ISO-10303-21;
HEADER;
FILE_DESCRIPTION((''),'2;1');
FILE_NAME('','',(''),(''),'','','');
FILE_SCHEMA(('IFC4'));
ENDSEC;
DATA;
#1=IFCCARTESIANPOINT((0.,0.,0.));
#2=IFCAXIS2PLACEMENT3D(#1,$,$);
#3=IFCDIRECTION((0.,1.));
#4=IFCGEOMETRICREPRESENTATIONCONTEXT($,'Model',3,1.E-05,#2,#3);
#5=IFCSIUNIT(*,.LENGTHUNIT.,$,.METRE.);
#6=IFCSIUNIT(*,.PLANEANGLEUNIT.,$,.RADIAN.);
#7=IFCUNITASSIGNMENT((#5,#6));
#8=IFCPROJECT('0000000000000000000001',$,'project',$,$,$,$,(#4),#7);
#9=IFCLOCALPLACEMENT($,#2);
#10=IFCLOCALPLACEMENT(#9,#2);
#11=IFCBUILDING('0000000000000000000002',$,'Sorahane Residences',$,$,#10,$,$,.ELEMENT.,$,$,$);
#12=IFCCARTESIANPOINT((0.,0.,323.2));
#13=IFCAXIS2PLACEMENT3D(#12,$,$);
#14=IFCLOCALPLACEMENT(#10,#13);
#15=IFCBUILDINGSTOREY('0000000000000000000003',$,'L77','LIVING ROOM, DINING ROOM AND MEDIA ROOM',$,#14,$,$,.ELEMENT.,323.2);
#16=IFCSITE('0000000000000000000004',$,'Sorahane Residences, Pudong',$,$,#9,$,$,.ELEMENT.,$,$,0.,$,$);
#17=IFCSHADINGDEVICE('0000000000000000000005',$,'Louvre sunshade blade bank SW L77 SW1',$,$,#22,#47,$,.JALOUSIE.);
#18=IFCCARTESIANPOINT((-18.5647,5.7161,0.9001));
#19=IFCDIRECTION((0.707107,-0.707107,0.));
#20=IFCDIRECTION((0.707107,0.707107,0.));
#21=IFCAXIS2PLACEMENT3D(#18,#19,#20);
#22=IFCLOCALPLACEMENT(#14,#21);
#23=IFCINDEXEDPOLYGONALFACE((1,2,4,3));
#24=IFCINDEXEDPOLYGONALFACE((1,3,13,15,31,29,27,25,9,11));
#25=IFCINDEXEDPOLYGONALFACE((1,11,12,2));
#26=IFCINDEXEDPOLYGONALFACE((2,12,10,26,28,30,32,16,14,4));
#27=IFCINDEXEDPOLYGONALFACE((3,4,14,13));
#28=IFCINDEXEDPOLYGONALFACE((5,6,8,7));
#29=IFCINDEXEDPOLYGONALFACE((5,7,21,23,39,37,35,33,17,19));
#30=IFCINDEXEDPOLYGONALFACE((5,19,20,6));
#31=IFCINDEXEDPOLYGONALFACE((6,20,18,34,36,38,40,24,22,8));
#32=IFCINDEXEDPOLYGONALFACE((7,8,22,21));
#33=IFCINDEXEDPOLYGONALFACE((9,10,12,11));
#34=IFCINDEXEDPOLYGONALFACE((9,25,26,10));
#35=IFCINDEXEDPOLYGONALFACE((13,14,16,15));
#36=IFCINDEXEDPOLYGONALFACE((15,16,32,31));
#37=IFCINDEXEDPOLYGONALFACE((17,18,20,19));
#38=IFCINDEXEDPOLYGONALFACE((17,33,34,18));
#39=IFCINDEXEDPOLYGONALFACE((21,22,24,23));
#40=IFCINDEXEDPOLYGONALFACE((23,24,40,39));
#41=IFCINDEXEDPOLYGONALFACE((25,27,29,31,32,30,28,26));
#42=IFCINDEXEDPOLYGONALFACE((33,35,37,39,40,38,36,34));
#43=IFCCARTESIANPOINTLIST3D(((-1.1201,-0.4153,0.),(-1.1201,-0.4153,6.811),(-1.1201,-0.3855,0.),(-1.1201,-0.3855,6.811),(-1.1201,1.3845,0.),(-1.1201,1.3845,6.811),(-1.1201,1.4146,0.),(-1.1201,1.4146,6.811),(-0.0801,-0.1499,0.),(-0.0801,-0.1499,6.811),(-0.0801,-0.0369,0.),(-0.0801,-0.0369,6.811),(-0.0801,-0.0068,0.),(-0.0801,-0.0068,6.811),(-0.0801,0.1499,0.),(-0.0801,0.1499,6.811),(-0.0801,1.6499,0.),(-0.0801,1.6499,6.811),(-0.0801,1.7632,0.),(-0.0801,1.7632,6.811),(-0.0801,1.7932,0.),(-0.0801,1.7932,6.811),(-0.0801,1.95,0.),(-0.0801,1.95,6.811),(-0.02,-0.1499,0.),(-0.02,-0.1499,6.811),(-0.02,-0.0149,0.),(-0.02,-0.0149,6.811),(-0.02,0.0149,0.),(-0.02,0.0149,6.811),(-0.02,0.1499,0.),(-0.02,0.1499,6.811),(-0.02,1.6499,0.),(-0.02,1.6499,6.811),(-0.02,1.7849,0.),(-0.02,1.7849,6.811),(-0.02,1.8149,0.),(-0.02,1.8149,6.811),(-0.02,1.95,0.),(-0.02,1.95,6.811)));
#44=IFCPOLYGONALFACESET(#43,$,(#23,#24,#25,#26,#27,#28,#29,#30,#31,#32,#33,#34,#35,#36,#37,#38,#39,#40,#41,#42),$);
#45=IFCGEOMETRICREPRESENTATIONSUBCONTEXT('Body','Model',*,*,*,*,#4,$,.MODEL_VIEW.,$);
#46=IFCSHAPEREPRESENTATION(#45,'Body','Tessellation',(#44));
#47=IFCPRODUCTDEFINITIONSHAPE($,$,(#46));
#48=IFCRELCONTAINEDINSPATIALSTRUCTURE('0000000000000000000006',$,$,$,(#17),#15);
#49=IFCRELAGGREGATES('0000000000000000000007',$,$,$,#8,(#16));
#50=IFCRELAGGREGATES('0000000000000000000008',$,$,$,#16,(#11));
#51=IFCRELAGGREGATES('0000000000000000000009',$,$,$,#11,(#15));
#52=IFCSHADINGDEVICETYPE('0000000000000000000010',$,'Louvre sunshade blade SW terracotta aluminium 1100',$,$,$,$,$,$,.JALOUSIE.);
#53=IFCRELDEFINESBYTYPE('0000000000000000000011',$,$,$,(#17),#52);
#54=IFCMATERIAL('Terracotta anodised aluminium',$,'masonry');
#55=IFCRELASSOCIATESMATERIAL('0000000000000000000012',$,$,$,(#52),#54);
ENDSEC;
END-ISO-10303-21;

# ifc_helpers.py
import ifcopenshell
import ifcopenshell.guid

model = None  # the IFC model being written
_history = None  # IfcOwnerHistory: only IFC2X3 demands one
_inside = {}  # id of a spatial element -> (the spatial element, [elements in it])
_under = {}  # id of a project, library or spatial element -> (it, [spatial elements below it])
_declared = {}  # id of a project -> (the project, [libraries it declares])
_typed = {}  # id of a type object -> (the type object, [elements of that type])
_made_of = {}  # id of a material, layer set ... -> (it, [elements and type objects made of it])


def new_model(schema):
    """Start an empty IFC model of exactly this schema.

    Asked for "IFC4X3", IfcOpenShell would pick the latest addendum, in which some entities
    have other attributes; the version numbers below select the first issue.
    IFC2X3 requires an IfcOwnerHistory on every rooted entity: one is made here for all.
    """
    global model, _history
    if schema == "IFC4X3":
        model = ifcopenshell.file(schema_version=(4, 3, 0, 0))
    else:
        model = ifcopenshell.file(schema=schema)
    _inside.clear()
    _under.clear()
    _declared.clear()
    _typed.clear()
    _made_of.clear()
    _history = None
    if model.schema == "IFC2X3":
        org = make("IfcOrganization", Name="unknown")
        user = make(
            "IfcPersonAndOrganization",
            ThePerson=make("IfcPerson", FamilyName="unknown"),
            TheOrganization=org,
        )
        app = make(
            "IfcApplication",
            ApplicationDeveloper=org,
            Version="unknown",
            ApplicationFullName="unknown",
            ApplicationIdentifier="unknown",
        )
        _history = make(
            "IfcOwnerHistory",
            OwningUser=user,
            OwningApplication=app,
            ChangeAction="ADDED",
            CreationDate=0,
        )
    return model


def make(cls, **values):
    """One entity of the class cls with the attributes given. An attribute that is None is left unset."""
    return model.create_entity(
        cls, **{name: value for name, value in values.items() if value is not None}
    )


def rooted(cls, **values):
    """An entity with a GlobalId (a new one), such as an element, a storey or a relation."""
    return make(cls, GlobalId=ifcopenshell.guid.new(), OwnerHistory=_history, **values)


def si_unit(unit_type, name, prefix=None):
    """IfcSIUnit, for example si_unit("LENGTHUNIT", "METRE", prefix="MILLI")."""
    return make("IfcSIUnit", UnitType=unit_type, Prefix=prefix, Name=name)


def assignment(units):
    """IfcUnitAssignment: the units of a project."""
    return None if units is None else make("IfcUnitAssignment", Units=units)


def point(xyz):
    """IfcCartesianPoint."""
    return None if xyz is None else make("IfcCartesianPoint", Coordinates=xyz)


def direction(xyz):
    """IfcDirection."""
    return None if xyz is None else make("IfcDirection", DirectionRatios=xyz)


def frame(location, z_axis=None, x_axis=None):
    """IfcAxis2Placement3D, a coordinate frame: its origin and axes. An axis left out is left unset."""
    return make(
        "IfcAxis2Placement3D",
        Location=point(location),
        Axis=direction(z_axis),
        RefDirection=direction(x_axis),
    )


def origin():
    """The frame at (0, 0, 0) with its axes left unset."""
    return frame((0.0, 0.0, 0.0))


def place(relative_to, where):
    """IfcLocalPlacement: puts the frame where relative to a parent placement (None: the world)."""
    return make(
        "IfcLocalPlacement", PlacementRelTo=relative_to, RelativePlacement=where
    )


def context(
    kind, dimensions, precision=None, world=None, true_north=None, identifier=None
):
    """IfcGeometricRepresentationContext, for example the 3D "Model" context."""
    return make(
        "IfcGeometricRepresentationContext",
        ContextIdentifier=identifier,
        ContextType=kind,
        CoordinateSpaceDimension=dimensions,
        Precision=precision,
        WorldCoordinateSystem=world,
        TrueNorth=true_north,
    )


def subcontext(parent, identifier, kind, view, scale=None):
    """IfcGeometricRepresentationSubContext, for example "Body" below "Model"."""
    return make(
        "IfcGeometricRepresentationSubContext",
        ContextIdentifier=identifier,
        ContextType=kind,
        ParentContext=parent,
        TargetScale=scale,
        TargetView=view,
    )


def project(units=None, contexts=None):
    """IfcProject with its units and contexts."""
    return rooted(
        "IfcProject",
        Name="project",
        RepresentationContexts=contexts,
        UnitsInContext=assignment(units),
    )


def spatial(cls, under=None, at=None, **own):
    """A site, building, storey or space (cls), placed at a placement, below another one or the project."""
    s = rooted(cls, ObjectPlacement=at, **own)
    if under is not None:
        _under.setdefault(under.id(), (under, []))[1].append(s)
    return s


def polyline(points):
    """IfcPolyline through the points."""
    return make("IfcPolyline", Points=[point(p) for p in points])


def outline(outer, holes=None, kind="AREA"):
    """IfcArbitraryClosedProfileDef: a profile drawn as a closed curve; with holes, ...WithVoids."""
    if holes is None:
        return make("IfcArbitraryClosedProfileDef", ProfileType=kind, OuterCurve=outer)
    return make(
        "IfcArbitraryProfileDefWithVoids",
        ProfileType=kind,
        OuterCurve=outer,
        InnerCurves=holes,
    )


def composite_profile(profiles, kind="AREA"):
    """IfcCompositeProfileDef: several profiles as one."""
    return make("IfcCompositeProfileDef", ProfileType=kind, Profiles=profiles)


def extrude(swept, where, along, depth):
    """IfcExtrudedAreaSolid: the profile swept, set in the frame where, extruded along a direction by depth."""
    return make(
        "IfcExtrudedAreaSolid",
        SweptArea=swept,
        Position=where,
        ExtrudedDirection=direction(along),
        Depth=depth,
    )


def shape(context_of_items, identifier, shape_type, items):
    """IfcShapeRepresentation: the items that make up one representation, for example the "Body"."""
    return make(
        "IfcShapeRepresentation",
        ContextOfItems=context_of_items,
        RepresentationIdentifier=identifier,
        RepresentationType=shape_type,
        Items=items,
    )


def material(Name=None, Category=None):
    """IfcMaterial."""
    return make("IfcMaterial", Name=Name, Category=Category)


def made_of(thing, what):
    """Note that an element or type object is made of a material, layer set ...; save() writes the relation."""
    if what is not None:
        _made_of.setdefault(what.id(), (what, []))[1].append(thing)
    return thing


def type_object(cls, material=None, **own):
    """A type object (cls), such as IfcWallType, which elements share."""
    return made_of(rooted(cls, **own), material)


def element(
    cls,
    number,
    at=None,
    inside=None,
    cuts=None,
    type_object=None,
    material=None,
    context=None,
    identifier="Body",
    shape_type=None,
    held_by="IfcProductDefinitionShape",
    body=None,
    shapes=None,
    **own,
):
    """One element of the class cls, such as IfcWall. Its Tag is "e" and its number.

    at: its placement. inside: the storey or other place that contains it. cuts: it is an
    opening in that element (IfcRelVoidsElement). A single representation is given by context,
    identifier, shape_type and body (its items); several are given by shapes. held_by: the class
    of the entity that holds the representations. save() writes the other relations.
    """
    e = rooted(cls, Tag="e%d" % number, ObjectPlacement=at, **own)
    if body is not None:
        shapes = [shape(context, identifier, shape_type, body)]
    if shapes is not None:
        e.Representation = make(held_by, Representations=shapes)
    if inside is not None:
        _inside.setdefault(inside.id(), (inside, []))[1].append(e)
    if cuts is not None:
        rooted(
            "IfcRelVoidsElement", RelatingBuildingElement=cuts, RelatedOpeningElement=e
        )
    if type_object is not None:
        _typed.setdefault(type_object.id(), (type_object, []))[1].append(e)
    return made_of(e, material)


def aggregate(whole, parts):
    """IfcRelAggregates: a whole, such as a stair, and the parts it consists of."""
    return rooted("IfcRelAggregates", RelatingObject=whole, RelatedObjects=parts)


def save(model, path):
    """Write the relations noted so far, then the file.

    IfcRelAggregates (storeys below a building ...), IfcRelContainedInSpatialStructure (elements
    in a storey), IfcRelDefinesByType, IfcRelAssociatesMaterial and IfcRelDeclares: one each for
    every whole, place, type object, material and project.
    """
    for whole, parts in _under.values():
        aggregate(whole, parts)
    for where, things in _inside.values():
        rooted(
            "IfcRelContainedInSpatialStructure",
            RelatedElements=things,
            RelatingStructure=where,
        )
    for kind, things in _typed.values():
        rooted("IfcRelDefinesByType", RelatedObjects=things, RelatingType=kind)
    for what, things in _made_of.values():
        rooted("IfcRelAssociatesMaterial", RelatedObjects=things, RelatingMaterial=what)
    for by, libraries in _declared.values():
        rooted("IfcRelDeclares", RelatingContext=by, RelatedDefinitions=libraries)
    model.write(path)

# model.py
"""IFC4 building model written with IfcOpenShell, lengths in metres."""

from ifc_helpers import new_model, si_unit, direction, frame, origin, place, context, subcontext, project, spatial, polyline, outline, composite_profile, extrude, material, type_object, element, save


model = new_model("IFC4")

# Units and contexts
model_context = context("Model", 3, precision=1e-05, world=origin(), true_north=direction((0.0, 1.0)))
body_context = subcontext(model_context, "Body", "Model", "MODEL_VIEW")
ifc_project = project(units=[si_unit("LENGTHUNIT", "METRE"), si_unit("PLANEANGLEUNIT", "RADIAN")], contexts=[model_context])

# Site, building, storey
site_placement = place(None, origin())
site = spatial("IfcSite", under=ifc_project, at=site_placement, Name="Sorahane Residences, Pudong", CompositionType="ELEMENT", RefElevation=0.0)
building_placement = place(site_placement, origin())
building = spatial("IfcBuilding", under=site, at=building_placement, Name="Sorahane Residences", CompositionType="ELEMENT")
storey_placement = place(building_placement, frame((0.0, 0.0, 323.2)))
storey = spatial("IfcBuildingStorey", under=building, at=storey_placement, Name="L77", Description="LIVING ROOM, DINING ROOM AND MEDIA ROOM", CompositionType="ELEMENT", Elevation=323.2)

# Shading device
ifc_material_1 = material(Name="Terracotta anodised aluminium", Category="masonry")
shading_device_type = type_object("IfcShadingDeviceType", Name="Louvre sunshade blade SW terracotta aluminium 1100", PredefinedType="JALOUSIE", material=ifc_material_1)
shading_device_placement = place(storey_placement, frame((-18.5647, 5.7161, 0.9001), z_axis=(0.707107, -0.707107, 0.0), x_axis=(0.707107, 0.707107, 0.0)))
element("IfcShadingDevice", 1, at=shading_device_placement, inside=storey, type_object=shading_device_type, Name="Louvre sunshade blade bank SW L77 SW1", PredefinedType="JALOUSIE", context=body_context, shape_type="SweptSolid", body=[
    extrude(composite_profile([outline(polyline([(-1.1201, -0.3855), (-1.1201, -0.4153), (-0.0801, -0.0369), (-0.0801, -0.1499), (-0.02, -0.1499), (-0.02, -0.0149), (-0.02, 0.0149), (-0.02, 0.1499), (-0.0801, 0.1499), (-0.0801, -0.0068), (-1.1201, -0.3855)])), outline(polyline([(-1.1201, 1.4146), (-1.1201, 1.3845), (-0.0801, 1.7632), (-0.0801, 1.6499), (-0.02, 1.6499), (-0.02, 1.7849), (-0.02, 1.8149), (-0.02, 1.95), (-0.0801, 1.95), (-0.0801, 1.7932), (-1.1201, 1.4146)]))]), origin(), (0.0, 0.0, 1.0), 6.811),
])

save(model, "model.ifc")
